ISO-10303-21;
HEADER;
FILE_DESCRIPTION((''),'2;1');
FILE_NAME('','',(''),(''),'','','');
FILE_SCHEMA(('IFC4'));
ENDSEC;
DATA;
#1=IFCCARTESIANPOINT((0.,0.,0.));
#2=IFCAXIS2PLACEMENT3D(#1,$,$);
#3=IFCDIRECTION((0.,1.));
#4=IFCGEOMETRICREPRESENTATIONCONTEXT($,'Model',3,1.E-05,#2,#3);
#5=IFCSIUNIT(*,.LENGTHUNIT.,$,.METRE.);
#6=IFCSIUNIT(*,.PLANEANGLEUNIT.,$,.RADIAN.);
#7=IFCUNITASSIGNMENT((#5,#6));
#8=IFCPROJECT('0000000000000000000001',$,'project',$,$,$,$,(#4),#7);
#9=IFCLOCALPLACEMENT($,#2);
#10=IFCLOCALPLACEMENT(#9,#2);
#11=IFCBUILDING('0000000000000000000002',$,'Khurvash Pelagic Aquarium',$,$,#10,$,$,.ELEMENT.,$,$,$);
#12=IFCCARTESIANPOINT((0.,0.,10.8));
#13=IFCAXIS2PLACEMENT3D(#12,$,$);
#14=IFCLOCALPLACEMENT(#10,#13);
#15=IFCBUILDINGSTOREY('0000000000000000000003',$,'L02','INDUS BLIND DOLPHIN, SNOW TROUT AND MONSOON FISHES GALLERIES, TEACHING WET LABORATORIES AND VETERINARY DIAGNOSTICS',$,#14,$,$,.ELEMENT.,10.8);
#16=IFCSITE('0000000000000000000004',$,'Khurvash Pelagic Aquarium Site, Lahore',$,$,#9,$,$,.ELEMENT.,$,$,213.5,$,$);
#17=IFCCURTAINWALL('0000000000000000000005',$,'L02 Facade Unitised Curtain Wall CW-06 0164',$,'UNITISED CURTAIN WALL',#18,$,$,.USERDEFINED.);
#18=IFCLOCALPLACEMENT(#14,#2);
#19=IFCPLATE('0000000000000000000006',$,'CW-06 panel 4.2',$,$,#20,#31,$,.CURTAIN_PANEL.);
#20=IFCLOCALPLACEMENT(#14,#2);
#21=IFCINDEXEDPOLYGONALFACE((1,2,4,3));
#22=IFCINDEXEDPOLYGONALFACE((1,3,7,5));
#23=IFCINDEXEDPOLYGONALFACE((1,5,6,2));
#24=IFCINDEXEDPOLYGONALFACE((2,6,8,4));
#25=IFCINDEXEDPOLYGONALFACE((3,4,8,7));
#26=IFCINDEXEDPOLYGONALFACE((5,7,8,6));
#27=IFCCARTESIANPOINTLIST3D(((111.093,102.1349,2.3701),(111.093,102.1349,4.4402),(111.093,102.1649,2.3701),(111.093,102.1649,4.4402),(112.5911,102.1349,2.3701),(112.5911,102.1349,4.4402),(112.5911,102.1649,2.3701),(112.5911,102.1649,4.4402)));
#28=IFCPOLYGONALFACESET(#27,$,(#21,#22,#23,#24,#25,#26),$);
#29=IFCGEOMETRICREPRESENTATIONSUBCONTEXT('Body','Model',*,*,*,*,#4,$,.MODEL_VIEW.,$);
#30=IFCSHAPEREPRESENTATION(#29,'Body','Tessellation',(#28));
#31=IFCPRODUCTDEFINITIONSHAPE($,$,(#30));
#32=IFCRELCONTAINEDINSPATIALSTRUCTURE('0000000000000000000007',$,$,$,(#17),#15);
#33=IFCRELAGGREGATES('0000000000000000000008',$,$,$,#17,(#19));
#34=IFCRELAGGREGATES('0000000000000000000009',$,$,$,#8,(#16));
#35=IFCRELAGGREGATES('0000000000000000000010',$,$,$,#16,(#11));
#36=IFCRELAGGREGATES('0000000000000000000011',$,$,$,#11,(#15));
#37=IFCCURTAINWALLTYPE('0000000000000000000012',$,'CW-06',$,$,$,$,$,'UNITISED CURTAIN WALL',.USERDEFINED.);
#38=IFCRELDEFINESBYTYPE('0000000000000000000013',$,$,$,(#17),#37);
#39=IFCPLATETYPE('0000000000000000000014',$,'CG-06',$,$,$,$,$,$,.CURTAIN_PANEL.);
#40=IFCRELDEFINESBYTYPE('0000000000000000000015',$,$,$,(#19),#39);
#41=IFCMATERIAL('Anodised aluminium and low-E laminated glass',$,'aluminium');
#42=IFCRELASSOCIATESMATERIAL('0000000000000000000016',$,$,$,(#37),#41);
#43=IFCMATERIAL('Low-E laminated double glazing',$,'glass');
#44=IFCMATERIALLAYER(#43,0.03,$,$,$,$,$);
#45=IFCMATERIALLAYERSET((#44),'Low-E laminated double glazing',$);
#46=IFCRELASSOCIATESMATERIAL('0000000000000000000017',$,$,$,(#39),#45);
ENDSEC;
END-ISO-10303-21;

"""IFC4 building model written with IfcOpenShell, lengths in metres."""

from ifc_helpers import new_model, si_unit, direction, frame, origin, origin_2d, place, context, subcontext, project, spatial, rectangle, extrude, material, layer, layer_set, type_object, element, aggregate, save


model = new_model("IFC4")

# Units and contexts
model_context = context("Model", 3, precision=1e-05, world=origin(), true_north=direction((0.0, 1.0)))
body_context = subcontext(model_context, "Body", "Model", "MODEL_VIEW")
ifc_project = project(units=[si_unit("LENGTHUNIT", "METRE"), si_unit("PLANEANGLEUNIT", "RADIAN")], contexts=[model_context])

# Site, building, storey
site_placement = place(None, origin())
site = spatial("IfcSite", under=ifc_project, at=site_placement, Name="Khurvash Pelagic Aquarium Site, Lahore", CompositionType="ELEMENT", RefElevation=213.5)
building_placement = place(site_placement, origin())
building = spatial("IfcBuilding", under=site, at=building_placement, Name="Khurvash Pelagic Aquarium", CompositionType="ELEMENT")
storey_placement = place(building_placement, frame((0.0, 0.0, 10.8)))
storey = spatial("IfcBuildingStorey", under=building, at=storey_placement, Name="L02", Description="INDUS BLIND DOLPHIN, SNOW TROUT AND MONSOON FISHES GALLERIES, TEACHING WET LABORATORIES AND VETERINARY DIAGNOSTICS", CompositionType="ELEMENT", Elevation=10.8)

# Curtain wall, plate
ifc_material_1 = material(Name="Anodised aluminium and low-E laminated glass", Category="aluminium")
curtain_wall_type = type_object("IfcCurtainWallType", Name="CW-06", ElementType="UNITISED CURTAIN WALL", PredefinedType="USERDEFINED", material=ifc_material_1)
curtain_wall_placement = place(storey_placement, origin())
curtain_wall = element("IfcCurtainWall", 1, at=curtain_wall_placement, inside=storey, type_object=curtain_wall_type, Name="L02 Facade Unitised Curtain Wall CW-06 0164", ObjectType="UNITISED CURTAIN WALL", PredefinedType="USERDEFINED")
ifc_material_2 = material(Name="Low-E laminated double glazing", Category="glass")
ifc_layer = layer(ifc_material_2, 0.03)
ifc_layer_set = layer_set([ifc_layer], Name="Low-E laminated double glazing")
plate_type = type_object("IfcPlateType", Name="CG-06", PredefinedType="CURTAIN_PANEL", material=ifc_layer_set)
plate_1_placement = place(storey_placement, frame((111.842, 102.1499, 2.3701), z_axis=(0.0, 0.0, 1.0), x_axis=(-1.0, 0.0, 0.0)))
plate_1 = element("IfcPlate", 2, at=plate_1_placement, type_object=plate_type, Name="CW-06 panel 4.2", PredefinedType="CURTAIN_PANEL", context=body_context, shape_type="SweptSolid", body=[
    extrude(rectangle(XDim=1.498, YDim=0.03, at=origin_2d()), origin(), (0.0, 0.0, 1.0), 2.0701),
])
aggregate(curtain_wall, [plate_1])

save(model, "model.ifc")
